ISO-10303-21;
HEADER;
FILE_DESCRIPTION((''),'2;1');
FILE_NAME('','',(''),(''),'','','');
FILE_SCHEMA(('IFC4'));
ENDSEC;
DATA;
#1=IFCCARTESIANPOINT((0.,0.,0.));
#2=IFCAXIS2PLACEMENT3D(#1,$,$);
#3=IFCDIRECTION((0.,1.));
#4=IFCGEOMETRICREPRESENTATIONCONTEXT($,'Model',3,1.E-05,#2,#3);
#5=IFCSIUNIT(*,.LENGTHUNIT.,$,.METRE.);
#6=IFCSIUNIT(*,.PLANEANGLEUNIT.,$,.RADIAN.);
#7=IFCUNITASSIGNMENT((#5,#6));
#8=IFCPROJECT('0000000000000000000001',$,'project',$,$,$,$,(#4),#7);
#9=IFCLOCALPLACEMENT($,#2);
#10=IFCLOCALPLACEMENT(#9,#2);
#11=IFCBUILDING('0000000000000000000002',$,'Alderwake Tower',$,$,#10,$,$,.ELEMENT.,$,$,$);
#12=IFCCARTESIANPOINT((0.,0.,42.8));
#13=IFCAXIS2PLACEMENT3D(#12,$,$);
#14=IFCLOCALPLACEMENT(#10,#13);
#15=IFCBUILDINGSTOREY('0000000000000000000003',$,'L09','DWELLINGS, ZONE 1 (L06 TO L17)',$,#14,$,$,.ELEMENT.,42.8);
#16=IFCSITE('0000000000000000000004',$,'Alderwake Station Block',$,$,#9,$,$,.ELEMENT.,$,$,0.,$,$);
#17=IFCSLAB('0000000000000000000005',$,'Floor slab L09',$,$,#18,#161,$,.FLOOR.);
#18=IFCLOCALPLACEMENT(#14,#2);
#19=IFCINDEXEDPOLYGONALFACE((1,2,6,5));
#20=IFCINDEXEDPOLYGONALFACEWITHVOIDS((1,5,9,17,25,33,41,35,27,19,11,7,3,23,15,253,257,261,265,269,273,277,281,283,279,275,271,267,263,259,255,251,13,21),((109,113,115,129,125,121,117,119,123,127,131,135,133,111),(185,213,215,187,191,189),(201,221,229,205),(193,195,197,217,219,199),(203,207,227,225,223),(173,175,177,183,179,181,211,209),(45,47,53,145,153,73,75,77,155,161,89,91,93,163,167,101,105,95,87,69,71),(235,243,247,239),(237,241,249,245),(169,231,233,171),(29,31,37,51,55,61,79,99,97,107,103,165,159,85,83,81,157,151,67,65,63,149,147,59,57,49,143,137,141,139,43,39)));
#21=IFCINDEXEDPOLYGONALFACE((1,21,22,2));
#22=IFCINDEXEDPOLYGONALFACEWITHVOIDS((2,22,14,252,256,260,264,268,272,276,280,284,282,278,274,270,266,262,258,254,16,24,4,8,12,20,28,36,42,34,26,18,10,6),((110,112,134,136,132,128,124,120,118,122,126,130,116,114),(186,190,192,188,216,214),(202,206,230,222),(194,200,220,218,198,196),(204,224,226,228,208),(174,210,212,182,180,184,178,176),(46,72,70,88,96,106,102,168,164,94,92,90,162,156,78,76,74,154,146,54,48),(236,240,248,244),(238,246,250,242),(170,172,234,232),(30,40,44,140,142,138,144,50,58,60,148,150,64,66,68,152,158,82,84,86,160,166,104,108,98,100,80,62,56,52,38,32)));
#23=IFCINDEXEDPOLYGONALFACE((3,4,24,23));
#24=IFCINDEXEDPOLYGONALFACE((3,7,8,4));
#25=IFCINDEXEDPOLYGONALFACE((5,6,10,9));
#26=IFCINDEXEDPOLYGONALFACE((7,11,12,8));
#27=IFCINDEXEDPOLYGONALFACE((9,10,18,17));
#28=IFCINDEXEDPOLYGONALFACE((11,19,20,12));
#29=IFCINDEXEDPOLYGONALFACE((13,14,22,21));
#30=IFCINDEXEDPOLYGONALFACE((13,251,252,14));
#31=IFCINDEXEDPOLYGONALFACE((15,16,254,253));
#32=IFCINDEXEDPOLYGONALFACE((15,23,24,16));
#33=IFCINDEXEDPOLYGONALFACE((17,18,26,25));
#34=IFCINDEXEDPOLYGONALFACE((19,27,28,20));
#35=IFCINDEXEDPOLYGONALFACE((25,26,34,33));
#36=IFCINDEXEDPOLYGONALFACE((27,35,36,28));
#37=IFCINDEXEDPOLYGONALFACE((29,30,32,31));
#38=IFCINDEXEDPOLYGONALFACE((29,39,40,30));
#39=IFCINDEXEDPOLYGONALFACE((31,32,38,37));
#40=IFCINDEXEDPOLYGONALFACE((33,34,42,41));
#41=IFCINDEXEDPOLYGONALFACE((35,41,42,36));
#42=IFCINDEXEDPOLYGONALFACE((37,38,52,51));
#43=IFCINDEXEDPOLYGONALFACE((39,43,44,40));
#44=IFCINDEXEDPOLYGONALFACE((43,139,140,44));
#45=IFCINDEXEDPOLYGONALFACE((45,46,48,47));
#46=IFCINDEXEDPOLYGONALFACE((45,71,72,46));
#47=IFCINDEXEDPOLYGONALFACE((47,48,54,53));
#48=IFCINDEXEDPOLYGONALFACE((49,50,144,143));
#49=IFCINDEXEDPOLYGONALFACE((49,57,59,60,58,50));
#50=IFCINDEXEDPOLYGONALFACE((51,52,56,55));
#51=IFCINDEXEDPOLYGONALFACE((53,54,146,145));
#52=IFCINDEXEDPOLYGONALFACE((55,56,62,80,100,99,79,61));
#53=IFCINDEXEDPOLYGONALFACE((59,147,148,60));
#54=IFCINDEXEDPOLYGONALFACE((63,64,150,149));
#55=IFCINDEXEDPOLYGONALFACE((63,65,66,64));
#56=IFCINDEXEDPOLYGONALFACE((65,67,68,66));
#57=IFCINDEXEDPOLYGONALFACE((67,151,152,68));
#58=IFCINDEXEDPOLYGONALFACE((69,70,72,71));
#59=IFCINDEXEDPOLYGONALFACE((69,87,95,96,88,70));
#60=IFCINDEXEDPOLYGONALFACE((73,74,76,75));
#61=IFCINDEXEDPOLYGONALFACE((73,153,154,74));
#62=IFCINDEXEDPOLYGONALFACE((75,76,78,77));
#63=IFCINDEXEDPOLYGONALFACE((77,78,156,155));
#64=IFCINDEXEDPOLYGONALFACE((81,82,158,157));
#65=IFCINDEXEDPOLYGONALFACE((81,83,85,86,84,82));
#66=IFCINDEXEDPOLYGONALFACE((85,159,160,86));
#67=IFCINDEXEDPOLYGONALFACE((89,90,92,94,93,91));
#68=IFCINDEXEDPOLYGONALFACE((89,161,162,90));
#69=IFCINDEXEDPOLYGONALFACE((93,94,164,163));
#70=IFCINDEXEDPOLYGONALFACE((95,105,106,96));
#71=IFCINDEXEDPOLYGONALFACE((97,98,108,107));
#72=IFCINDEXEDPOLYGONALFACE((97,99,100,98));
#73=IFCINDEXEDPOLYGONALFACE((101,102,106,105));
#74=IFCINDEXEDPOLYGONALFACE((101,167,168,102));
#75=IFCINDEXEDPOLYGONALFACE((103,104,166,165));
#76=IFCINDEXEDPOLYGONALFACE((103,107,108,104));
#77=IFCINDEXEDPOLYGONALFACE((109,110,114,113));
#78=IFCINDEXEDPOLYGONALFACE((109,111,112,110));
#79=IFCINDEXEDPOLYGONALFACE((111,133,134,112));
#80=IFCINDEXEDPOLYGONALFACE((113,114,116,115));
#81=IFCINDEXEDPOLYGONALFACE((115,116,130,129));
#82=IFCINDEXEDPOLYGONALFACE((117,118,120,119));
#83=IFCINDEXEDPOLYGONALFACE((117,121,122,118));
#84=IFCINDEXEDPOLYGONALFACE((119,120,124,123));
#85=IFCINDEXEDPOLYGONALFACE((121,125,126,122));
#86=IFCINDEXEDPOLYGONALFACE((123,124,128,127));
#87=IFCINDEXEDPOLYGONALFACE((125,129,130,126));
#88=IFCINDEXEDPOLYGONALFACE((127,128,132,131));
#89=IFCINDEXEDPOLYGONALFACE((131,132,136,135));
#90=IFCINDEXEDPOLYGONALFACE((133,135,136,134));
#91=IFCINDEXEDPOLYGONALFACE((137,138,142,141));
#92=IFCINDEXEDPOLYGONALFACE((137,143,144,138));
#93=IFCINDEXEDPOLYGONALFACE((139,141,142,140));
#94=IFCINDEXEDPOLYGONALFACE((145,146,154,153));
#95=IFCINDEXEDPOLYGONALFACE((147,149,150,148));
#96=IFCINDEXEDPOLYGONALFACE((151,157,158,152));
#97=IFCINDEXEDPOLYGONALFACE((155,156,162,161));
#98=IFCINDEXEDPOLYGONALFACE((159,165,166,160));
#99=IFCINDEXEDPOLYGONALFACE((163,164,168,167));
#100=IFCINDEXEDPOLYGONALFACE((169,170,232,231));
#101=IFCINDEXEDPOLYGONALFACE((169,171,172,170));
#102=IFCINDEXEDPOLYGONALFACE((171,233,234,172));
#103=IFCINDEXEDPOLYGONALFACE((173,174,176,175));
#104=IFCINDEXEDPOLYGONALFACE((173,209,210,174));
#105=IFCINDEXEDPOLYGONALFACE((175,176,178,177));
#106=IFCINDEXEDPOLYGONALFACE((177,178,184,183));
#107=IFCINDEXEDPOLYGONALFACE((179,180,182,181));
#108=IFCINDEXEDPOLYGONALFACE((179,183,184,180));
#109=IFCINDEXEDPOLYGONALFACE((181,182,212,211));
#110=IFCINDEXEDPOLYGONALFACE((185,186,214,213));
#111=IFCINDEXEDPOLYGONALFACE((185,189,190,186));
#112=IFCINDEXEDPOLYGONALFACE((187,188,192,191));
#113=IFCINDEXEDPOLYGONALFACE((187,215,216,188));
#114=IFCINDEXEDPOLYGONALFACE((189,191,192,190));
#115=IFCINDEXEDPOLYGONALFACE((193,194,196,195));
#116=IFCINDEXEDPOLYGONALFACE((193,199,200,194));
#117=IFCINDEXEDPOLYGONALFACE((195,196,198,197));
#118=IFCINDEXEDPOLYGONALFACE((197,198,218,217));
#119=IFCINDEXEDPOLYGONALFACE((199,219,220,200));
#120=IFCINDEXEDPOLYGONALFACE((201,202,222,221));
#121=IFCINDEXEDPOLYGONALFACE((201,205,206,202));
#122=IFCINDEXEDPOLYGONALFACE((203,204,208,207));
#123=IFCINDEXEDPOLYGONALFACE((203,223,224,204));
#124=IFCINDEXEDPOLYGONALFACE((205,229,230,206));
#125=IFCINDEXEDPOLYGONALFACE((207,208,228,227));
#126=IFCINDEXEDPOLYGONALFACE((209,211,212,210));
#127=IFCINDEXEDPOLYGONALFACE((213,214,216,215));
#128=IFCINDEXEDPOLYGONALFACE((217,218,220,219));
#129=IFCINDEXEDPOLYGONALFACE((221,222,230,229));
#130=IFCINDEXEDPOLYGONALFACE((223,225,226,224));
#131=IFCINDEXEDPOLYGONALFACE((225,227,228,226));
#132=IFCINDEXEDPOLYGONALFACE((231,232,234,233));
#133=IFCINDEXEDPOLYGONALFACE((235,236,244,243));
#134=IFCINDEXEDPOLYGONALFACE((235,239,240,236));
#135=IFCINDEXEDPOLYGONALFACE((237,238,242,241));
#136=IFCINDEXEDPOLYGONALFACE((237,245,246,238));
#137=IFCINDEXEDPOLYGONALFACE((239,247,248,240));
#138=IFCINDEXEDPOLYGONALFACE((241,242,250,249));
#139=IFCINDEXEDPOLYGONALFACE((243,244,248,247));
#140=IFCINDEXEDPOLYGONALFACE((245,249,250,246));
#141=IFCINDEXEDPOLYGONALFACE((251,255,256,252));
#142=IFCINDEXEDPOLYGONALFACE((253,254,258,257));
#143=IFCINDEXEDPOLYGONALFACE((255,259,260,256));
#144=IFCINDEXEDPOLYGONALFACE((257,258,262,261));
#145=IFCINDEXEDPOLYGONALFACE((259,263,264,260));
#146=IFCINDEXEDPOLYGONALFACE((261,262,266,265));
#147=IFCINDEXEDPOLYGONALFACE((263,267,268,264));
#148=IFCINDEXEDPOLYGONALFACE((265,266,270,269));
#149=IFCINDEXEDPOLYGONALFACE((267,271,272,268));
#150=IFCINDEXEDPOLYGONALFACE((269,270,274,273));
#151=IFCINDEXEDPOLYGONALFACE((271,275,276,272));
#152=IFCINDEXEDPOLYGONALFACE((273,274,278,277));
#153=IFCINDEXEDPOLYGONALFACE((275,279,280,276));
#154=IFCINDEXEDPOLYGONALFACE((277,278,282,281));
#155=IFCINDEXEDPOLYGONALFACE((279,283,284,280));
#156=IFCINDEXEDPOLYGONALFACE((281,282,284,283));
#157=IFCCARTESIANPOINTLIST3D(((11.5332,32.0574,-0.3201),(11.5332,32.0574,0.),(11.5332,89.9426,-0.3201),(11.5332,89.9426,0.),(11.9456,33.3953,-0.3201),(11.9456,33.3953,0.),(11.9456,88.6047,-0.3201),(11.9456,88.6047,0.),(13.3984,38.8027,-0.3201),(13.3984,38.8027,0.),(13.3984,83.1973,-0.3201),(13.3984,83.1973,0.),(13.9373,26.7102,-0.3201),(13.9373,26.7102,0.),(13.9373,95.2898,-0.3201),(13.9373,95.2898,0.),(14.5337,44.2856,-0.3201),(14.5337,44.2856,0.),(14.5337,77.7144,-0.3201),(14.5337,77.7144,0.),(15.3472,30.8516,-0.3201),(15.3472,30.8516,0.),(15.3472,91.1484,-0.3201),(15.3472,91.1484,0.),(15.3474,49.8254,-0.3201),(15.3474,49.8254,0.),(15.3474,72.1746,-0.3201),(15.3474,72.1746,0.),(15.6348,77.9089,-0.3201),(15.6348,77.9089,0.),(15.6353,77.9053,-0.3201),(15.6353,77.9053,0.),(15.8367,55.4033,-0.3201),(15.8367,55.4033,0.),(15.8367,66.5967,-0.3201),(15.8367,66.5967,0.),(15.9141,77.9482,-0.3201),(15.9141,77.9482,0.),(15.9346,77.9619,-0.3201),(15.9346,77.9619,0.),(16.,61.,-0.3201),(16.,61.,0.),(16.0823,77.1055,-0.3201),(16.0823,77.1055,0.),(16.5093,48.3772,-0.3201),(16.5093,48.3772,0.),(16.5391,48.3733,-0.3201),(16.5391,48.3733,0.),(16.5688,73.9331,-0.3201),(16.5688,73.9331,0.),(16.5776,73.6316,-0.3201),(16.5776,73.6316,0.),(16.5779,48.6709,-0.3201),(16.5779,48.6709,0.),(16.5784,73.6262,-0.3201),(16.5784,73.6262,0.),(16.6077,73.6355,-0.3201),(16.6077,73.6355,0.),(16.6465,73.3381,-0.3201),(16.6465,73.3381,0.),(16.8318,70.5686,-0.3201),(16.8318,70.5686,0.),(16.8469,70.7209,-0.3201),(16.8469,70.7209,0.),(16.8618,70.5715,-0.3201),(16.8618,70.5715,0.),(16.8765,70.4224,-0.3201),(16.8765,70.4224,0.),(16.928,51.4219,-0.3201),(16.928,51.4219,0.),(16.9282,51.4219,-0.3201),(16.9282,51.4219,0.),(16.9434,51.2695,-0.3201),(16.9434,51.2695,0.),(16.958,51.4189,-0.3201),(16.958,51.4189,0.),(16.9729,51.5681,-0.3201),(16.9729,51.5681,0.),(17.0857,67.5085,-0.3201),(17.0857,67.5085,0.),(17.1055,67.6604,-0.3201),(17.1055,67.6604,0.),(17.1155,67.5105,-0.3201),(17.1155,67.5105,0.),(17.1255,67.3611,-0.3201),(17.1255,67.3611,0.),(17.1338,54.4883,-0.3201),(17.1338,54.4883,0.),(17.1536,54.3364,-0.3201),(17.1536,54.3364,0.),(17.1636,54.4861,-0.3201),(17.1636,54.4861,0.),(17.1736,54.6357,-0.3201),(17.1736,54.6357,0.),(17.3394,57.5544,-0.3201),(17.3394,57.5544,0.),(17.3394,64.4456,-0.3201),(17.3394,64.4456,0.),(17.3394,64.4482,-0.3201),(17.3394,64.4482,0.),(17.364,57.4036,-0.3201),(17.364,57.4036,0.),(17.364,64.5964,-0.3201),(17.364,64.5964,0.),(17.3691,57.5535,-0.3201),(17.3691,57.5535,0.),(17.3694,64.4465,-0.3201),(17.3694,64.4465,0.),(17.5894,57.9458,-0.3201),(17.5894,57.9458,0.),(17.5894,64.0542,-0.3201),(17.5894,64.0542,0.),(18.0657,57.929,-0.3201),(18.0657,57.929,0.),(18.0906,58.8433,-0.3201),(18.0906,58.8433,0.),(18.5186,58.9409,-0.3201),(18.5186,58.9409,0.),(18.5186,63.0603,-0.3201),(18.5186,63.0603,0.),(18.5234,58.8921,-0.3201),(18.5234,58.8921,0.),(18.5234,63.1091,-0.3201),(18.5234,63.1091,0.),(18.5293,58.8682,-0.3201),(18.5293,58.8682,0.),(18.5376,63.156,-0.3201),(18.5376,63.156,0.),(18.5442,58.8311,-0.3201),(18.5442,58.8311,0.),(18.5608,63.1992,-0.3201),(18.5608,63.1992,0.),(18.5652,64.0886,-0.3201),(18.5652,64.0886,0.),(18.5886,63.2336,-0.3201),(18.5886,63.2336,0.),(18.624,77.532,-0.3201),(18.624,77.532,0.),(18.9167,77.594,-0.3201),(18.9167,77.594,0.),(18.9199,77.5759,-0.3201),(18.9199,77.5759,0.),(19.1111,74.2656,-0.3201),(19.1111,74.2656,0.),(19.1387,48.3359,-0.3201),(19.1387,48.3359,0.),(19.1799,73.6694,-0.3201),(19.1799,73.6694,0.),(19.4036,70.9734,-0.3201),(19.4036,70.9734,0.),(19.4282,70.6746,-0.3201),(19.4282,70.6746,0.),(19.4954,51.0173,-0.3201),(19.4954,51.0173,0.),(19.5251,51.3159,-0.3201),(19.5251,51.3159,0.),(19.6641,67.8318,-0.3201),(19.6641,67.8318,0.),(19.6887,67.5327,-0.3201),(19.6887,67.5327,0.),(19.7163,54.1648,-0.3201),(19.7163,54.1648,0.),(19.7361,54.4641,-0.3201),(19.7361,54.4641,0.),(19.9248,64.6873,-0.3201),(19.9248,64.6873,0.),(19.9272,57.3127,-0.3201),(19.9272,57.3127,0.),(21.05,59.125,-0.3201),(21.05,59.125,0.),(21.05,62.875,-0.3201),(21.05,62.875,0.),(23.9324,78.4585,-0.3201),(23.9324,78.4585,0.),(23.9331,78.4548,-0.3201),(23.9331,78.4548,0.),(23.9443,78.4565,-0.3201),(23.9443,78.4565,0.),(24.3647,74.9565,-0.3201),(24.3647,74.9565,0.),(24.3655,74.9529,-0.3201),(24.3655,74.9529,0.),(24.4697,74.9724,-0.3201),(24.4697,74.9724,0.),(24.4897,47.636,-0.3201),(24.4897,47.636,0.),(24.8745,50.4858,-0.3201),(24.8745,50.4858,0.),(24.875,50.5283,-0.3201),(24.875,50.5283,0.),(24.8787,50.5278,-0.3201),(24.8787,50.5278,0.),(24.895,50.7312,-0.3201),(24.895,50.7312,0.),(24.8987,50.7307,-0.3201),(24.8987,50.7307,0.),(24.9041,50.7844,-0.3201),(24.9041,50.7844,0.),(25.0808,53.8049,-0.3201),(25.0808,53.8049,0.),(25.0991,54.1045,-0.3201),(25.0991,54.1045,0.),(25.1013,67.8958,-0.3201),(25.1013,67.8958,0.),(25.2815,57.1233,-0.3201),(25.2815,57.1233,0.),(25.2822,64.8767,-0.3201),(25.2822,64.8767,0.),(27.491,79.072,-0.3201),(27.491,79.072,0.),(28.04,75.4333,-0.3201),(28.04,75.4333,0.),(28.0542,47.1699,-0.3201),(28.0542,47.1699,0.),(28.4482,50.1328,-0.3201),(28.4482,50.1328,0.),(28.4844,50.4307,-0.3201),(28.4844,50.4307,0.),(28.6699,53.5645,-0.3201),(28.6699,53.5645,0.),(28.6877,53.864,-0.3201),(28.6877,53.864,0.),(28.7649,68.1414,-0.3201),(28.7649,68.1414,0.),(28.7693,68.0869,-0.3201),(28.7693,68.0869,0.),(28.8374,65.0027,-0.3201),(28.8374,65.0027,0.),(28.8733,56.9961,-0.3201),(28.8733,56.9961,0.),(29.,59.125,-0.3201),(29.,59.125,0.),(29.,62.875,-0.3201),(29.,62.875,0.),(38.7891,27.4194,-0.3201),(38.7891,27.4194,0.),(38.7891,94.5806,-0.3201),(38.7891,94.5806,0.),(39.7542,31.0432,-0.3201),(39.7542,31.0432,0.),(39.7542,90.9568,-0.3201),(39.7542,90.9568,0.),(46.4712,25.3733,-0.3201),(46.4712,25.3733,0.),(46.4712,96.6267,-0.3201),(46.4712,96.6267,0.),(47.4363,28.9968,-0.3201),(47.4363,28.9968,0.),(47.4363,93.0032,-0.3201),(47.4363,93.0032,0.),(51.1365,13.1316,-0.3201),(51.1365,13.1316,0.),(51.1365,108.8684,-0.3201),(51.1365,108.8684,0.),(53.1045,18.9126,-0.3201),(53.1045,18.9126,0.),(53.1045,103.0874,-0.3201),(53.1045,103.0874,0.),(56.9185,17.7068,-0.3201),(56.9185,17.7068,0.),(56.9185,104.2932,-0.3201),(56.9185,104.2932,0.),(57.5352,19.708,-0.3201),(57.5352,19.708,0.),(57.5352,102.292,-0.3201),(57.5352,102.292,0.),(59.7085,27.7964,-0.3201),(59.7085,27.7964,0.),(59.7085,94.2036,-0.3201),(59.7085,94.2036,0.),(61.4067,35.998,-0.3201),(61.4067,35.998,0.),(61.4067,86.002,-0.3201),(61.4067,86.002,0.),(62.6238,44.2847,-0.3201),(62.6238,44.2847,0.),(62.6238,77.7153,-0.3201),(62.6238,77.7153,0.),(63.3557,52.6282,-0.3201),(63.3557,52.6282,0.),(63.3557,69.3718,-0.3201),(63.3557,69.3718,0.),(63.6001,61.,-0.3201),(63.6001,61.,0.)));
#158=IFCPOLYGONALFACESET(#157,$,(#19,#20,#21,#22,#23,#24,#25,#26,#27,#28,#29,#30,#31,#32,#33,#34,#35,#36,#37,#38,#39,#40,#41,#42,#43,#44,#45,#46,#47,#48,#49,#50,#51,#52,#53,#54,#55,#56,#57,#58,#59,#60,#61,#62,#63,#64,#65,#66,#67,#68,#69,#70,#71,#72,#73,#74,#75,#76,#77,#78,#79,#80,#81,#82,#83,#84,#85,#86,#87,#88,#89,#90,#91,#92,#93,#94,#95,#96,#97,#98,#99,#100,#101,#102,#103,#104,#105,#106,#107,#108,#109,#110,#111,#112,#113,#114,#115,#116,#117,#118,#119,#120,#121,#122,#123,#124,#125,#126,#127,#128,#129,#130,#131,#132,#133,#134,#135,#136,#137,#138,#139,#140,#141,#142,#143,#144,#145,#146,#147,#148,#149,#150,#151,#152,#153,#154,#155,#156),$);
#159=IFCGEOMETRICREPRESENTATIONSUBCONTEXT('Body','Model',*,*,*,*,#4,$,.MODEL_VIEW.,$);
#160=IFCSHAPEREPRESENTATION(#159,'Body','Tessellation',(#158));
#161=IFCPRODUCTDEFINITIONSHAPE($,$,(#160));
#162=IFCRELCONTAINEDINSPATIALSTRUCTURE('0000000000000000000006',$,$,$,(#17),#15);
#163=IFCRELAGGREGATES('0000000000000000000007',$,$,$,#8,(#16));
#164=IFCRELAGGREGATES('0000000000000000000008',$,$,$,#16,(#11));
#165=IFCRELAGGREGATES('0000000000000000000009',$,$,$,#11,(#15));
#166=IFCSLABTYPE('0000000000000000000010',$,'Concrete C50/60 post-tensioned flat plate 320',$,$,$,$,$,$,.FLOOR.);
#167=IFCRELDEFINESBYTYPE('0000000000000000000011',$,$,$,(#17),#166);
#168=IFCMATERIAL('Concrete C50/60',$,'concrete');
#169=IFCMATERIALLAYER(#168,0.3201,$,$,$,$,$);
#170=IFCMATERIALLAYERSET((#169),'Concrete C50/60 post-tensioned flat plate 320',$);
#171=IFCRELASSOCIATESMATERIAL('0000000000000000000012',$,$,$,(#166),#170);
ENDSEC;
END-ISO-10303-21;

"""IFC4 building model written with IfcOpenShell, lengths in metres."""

from ifc_helpers import new_model, si_unit, direction, frame, origin, place, context, subcontext, project, spatial, polyline, outline, extrude, material, layer, layer_set, type_object, element, save


model = new_model("IFC4")

# Units and contexts
model_context = context("Model", 3, precision=1e-05, world=origin(), true_north=direction((0.0, 1.0)))
body_context = subcontext(model_context, "Body", "Model", "MODEL_VIEW")
ifc_project = project(units=[si_unit("LENGTHUNIT", "METRE"), si_unit("PLANEANGLEUNIT", "RADIAN")], contexts=[model_context])

# Site, building, storey
site_placement = place(None, origin())
site = spatial("IfcSite", under=ifc_project, at=site_placement, Name="Alderwake Station Block", CompositionType="ELEMENT", RefElevation=0.0)
building_placement = place(site_placement, origin())
building = spatial("IfcBuilding", under=site, at=building_placement, Name="Alderwake Tower", CompositionType="ELEMENT")
storey_placement = place(building_placement, frame((0.0, 0.0, 42.8)))
storey = spatial("IfcBuildingStorey", under=building, at=storey_placement, Name="L09", Description="DWELLINGS, ZONE 1 (L06 TO L17)", CompositionType="ELEMENT", Elevation=42.8)

# Slab
ifc_material_1 = material(Name="Concrete C50/60", Category="concrete")
ifc_layer_1 = layer(ifc_material_1, 0.3201)
ifc_layer_set_1 = layer_set([ifc_layer_1], Name="Concrete C50/60 post-tensioned flat plate 320")
slab_type_1 = type_object("IfcSlabType", Name="Concrete C50/60 post-tensioned flat plate 320", PredefinedType="FLOOR", material=ifc_layer_set_1)
slab_1_placement = place(storey_placement, frame((0.0, 0.0, -0.3201)))
element("IfcSlab", 1, at=slab_1_placement, inside=storey, type_object=slab_type_1, Name="Floor slab L09", PredefinedType="FLOOR", context=body_context, shape_type="SweptSolid", body=[
    extrude(outline(polyline([(11.5332, 32.0574), (11.9456, 33.3953), (13.3984, 38.8027), (14.5337, 44.2856), (15.3474, 49.8254), (15.8367, 55.4033), (16.0, 61.0), (15.8367, 66.5967), (15.3474, 72.1746), (14.5337, 77.7144), (13.3984, 83.1973), (11.9456, 88.6047), (11.5332, 89.9426), (15.3472, 91.1484), (13.9373, 95.2898), (51.1365, 108.8684), (53.1045, 103.0874), (56.9185, 104.2932), (57.5352, 102.292), (59.7085, 94.2036), (61.4067, 86.002), (62.6238, 77.7153), (63.3557, 69.3718), (63.6001, 61.0), (63.3557, 52.6282), (62.6238, 44.2847), (61.4067, 35.998), (59.7085, 27.7964), (57.5352, 19.708), (56.9185, 17.7068), (53.1045, 18.9126), (51.1365, 13.1316), (13.9373, 26.7102), (15.3472, 30.8516), (11.5332, 32.0574)]), holes=[polyline([(16.9434, 51.2695), (16.958, 51.4189), (16.9729, 51.5681), (19.5251, 51.3159), (19.7163, 54.1648), (17.1536, 54.3364), (17.1636, 54.4861), (17.1736, 54.6357), (19.7361, 54.4641), (19.9272, 57.3127), (17.364, 57.4036), (17.3691, 57.5535), (17.3394, 57.5544), (17.1338, 54.4883), (16.928, 51.4219), (16.9282, 51.4219), (16.5093, 48.3772), (16.5391, 48.3733), (16.5779, 48.6709), (19.1387, 48.3359), (19.4954, 51.0173), (16.9434, 51.2695)]), polyline([(29.0, 62.875), (21.05, 62.875), (21.05, 59.125), (29.0, 59.125), (29.0, 62.875)]), polyline([(19.6887, 67.5327), (17.1255, 67.3611), (17.1155, 67.5105), (17.1055, 67.6604), (19.6641, 67.8318), (19.4282, 70.6746), (16.8765, 70.4224), (16.8618, 70.5715), (16.8469, 70.7209), (19.4036, 70.9734), (19.1799, 73.6694), (16.6465, 73.3381), (16.6077, 73.6355), (16.5688, 73.9331), (19.1111, 74.2656), (18.624, 77.532), (18.9199, 77.5759), (18.9167, 77.594), (16.0823, 77.1055), (15.9346, 77.9619), (15.6348, 77.9089), (15.6353, 77.9053), (15.9141, 77.9482), (16.5776, 73.6316), (16.5784, 73.6262), (16.8318, 70.5686), (17.0857, 67.5085), (17.3394, 64.4482), (17.3394, 64.4456), (17.3694, 64.4465), (17.364, 64.5964), (19.9248, 64.6873), (19.6887, 67.5327)]), polyline([(47.4363, 28.9968), (39.7542, 31.0432), (38.7891, 27.4194), (46.4712, 25.3733), (47.4363, 28.9968)]), polyline([(28.0542, 47.1699), (28.4482, 50.1328), (24.8745, 50.4858), (24.8787, 50.5278), (24.875, 50.5283), (24.4897, 47.636), (28.0542, 47.1699)]), polyline([(25.0808, 53.8049), (24.895, 50.7312), (24.8987, 50.7307), (24.9041, 50.7844), (28.4844, 50.4307), (28.6699, 53.5645), (25.0808, 53.8049)]), polyline([(28.8733, 56.9961), (25.2815, 57.1233), (25.0991, 54.1045), (28.6877, 53.864), (28.8733, 56.9961)]), polyline([(28.7693, 68.0869), (28.7649, 68.1414), (25.1013, 67.8958), (25.2822, 64.8767), (28.8374, 65.0027), (28.7693, 68.0869)]), polyline([(27.491, 79.072), (23.9324, 78.4585), (23.9331, 78.4548), (23.9443, 78.4565), (24.4697, 74.9724), (24.3647, 74.9565), (24.3655, 74.9529), (28.04, 75.4333), (27.491, 79.072)]), polyline([(46.4712, 96.6267), (38.7891, 94.5806), (39.7542, 90.9568), (47.4363, 93.0032), (46.4712, 96.6267)]), polyline([(17.5894, 64.0542), (17.5894, 57.9458), (18.0657, 57.929), (18.0906, 58.8433), (18.5442, 58.8311), (18.5293, 58.8682), (18.5234, 58.8921), (18.5186, 58.9409), (18.5186, 63.0603), (18.5234, 63.1091), (18.5376, 63.156), (18.5608, 63.1992), (18.5886, 63.2336), (18.5652, 64.0886), (17.5894, 64.0542)])]), origin(), (0.0, 0.0, 1.0), 0.3201),
])

save(model, "model.ifc")
